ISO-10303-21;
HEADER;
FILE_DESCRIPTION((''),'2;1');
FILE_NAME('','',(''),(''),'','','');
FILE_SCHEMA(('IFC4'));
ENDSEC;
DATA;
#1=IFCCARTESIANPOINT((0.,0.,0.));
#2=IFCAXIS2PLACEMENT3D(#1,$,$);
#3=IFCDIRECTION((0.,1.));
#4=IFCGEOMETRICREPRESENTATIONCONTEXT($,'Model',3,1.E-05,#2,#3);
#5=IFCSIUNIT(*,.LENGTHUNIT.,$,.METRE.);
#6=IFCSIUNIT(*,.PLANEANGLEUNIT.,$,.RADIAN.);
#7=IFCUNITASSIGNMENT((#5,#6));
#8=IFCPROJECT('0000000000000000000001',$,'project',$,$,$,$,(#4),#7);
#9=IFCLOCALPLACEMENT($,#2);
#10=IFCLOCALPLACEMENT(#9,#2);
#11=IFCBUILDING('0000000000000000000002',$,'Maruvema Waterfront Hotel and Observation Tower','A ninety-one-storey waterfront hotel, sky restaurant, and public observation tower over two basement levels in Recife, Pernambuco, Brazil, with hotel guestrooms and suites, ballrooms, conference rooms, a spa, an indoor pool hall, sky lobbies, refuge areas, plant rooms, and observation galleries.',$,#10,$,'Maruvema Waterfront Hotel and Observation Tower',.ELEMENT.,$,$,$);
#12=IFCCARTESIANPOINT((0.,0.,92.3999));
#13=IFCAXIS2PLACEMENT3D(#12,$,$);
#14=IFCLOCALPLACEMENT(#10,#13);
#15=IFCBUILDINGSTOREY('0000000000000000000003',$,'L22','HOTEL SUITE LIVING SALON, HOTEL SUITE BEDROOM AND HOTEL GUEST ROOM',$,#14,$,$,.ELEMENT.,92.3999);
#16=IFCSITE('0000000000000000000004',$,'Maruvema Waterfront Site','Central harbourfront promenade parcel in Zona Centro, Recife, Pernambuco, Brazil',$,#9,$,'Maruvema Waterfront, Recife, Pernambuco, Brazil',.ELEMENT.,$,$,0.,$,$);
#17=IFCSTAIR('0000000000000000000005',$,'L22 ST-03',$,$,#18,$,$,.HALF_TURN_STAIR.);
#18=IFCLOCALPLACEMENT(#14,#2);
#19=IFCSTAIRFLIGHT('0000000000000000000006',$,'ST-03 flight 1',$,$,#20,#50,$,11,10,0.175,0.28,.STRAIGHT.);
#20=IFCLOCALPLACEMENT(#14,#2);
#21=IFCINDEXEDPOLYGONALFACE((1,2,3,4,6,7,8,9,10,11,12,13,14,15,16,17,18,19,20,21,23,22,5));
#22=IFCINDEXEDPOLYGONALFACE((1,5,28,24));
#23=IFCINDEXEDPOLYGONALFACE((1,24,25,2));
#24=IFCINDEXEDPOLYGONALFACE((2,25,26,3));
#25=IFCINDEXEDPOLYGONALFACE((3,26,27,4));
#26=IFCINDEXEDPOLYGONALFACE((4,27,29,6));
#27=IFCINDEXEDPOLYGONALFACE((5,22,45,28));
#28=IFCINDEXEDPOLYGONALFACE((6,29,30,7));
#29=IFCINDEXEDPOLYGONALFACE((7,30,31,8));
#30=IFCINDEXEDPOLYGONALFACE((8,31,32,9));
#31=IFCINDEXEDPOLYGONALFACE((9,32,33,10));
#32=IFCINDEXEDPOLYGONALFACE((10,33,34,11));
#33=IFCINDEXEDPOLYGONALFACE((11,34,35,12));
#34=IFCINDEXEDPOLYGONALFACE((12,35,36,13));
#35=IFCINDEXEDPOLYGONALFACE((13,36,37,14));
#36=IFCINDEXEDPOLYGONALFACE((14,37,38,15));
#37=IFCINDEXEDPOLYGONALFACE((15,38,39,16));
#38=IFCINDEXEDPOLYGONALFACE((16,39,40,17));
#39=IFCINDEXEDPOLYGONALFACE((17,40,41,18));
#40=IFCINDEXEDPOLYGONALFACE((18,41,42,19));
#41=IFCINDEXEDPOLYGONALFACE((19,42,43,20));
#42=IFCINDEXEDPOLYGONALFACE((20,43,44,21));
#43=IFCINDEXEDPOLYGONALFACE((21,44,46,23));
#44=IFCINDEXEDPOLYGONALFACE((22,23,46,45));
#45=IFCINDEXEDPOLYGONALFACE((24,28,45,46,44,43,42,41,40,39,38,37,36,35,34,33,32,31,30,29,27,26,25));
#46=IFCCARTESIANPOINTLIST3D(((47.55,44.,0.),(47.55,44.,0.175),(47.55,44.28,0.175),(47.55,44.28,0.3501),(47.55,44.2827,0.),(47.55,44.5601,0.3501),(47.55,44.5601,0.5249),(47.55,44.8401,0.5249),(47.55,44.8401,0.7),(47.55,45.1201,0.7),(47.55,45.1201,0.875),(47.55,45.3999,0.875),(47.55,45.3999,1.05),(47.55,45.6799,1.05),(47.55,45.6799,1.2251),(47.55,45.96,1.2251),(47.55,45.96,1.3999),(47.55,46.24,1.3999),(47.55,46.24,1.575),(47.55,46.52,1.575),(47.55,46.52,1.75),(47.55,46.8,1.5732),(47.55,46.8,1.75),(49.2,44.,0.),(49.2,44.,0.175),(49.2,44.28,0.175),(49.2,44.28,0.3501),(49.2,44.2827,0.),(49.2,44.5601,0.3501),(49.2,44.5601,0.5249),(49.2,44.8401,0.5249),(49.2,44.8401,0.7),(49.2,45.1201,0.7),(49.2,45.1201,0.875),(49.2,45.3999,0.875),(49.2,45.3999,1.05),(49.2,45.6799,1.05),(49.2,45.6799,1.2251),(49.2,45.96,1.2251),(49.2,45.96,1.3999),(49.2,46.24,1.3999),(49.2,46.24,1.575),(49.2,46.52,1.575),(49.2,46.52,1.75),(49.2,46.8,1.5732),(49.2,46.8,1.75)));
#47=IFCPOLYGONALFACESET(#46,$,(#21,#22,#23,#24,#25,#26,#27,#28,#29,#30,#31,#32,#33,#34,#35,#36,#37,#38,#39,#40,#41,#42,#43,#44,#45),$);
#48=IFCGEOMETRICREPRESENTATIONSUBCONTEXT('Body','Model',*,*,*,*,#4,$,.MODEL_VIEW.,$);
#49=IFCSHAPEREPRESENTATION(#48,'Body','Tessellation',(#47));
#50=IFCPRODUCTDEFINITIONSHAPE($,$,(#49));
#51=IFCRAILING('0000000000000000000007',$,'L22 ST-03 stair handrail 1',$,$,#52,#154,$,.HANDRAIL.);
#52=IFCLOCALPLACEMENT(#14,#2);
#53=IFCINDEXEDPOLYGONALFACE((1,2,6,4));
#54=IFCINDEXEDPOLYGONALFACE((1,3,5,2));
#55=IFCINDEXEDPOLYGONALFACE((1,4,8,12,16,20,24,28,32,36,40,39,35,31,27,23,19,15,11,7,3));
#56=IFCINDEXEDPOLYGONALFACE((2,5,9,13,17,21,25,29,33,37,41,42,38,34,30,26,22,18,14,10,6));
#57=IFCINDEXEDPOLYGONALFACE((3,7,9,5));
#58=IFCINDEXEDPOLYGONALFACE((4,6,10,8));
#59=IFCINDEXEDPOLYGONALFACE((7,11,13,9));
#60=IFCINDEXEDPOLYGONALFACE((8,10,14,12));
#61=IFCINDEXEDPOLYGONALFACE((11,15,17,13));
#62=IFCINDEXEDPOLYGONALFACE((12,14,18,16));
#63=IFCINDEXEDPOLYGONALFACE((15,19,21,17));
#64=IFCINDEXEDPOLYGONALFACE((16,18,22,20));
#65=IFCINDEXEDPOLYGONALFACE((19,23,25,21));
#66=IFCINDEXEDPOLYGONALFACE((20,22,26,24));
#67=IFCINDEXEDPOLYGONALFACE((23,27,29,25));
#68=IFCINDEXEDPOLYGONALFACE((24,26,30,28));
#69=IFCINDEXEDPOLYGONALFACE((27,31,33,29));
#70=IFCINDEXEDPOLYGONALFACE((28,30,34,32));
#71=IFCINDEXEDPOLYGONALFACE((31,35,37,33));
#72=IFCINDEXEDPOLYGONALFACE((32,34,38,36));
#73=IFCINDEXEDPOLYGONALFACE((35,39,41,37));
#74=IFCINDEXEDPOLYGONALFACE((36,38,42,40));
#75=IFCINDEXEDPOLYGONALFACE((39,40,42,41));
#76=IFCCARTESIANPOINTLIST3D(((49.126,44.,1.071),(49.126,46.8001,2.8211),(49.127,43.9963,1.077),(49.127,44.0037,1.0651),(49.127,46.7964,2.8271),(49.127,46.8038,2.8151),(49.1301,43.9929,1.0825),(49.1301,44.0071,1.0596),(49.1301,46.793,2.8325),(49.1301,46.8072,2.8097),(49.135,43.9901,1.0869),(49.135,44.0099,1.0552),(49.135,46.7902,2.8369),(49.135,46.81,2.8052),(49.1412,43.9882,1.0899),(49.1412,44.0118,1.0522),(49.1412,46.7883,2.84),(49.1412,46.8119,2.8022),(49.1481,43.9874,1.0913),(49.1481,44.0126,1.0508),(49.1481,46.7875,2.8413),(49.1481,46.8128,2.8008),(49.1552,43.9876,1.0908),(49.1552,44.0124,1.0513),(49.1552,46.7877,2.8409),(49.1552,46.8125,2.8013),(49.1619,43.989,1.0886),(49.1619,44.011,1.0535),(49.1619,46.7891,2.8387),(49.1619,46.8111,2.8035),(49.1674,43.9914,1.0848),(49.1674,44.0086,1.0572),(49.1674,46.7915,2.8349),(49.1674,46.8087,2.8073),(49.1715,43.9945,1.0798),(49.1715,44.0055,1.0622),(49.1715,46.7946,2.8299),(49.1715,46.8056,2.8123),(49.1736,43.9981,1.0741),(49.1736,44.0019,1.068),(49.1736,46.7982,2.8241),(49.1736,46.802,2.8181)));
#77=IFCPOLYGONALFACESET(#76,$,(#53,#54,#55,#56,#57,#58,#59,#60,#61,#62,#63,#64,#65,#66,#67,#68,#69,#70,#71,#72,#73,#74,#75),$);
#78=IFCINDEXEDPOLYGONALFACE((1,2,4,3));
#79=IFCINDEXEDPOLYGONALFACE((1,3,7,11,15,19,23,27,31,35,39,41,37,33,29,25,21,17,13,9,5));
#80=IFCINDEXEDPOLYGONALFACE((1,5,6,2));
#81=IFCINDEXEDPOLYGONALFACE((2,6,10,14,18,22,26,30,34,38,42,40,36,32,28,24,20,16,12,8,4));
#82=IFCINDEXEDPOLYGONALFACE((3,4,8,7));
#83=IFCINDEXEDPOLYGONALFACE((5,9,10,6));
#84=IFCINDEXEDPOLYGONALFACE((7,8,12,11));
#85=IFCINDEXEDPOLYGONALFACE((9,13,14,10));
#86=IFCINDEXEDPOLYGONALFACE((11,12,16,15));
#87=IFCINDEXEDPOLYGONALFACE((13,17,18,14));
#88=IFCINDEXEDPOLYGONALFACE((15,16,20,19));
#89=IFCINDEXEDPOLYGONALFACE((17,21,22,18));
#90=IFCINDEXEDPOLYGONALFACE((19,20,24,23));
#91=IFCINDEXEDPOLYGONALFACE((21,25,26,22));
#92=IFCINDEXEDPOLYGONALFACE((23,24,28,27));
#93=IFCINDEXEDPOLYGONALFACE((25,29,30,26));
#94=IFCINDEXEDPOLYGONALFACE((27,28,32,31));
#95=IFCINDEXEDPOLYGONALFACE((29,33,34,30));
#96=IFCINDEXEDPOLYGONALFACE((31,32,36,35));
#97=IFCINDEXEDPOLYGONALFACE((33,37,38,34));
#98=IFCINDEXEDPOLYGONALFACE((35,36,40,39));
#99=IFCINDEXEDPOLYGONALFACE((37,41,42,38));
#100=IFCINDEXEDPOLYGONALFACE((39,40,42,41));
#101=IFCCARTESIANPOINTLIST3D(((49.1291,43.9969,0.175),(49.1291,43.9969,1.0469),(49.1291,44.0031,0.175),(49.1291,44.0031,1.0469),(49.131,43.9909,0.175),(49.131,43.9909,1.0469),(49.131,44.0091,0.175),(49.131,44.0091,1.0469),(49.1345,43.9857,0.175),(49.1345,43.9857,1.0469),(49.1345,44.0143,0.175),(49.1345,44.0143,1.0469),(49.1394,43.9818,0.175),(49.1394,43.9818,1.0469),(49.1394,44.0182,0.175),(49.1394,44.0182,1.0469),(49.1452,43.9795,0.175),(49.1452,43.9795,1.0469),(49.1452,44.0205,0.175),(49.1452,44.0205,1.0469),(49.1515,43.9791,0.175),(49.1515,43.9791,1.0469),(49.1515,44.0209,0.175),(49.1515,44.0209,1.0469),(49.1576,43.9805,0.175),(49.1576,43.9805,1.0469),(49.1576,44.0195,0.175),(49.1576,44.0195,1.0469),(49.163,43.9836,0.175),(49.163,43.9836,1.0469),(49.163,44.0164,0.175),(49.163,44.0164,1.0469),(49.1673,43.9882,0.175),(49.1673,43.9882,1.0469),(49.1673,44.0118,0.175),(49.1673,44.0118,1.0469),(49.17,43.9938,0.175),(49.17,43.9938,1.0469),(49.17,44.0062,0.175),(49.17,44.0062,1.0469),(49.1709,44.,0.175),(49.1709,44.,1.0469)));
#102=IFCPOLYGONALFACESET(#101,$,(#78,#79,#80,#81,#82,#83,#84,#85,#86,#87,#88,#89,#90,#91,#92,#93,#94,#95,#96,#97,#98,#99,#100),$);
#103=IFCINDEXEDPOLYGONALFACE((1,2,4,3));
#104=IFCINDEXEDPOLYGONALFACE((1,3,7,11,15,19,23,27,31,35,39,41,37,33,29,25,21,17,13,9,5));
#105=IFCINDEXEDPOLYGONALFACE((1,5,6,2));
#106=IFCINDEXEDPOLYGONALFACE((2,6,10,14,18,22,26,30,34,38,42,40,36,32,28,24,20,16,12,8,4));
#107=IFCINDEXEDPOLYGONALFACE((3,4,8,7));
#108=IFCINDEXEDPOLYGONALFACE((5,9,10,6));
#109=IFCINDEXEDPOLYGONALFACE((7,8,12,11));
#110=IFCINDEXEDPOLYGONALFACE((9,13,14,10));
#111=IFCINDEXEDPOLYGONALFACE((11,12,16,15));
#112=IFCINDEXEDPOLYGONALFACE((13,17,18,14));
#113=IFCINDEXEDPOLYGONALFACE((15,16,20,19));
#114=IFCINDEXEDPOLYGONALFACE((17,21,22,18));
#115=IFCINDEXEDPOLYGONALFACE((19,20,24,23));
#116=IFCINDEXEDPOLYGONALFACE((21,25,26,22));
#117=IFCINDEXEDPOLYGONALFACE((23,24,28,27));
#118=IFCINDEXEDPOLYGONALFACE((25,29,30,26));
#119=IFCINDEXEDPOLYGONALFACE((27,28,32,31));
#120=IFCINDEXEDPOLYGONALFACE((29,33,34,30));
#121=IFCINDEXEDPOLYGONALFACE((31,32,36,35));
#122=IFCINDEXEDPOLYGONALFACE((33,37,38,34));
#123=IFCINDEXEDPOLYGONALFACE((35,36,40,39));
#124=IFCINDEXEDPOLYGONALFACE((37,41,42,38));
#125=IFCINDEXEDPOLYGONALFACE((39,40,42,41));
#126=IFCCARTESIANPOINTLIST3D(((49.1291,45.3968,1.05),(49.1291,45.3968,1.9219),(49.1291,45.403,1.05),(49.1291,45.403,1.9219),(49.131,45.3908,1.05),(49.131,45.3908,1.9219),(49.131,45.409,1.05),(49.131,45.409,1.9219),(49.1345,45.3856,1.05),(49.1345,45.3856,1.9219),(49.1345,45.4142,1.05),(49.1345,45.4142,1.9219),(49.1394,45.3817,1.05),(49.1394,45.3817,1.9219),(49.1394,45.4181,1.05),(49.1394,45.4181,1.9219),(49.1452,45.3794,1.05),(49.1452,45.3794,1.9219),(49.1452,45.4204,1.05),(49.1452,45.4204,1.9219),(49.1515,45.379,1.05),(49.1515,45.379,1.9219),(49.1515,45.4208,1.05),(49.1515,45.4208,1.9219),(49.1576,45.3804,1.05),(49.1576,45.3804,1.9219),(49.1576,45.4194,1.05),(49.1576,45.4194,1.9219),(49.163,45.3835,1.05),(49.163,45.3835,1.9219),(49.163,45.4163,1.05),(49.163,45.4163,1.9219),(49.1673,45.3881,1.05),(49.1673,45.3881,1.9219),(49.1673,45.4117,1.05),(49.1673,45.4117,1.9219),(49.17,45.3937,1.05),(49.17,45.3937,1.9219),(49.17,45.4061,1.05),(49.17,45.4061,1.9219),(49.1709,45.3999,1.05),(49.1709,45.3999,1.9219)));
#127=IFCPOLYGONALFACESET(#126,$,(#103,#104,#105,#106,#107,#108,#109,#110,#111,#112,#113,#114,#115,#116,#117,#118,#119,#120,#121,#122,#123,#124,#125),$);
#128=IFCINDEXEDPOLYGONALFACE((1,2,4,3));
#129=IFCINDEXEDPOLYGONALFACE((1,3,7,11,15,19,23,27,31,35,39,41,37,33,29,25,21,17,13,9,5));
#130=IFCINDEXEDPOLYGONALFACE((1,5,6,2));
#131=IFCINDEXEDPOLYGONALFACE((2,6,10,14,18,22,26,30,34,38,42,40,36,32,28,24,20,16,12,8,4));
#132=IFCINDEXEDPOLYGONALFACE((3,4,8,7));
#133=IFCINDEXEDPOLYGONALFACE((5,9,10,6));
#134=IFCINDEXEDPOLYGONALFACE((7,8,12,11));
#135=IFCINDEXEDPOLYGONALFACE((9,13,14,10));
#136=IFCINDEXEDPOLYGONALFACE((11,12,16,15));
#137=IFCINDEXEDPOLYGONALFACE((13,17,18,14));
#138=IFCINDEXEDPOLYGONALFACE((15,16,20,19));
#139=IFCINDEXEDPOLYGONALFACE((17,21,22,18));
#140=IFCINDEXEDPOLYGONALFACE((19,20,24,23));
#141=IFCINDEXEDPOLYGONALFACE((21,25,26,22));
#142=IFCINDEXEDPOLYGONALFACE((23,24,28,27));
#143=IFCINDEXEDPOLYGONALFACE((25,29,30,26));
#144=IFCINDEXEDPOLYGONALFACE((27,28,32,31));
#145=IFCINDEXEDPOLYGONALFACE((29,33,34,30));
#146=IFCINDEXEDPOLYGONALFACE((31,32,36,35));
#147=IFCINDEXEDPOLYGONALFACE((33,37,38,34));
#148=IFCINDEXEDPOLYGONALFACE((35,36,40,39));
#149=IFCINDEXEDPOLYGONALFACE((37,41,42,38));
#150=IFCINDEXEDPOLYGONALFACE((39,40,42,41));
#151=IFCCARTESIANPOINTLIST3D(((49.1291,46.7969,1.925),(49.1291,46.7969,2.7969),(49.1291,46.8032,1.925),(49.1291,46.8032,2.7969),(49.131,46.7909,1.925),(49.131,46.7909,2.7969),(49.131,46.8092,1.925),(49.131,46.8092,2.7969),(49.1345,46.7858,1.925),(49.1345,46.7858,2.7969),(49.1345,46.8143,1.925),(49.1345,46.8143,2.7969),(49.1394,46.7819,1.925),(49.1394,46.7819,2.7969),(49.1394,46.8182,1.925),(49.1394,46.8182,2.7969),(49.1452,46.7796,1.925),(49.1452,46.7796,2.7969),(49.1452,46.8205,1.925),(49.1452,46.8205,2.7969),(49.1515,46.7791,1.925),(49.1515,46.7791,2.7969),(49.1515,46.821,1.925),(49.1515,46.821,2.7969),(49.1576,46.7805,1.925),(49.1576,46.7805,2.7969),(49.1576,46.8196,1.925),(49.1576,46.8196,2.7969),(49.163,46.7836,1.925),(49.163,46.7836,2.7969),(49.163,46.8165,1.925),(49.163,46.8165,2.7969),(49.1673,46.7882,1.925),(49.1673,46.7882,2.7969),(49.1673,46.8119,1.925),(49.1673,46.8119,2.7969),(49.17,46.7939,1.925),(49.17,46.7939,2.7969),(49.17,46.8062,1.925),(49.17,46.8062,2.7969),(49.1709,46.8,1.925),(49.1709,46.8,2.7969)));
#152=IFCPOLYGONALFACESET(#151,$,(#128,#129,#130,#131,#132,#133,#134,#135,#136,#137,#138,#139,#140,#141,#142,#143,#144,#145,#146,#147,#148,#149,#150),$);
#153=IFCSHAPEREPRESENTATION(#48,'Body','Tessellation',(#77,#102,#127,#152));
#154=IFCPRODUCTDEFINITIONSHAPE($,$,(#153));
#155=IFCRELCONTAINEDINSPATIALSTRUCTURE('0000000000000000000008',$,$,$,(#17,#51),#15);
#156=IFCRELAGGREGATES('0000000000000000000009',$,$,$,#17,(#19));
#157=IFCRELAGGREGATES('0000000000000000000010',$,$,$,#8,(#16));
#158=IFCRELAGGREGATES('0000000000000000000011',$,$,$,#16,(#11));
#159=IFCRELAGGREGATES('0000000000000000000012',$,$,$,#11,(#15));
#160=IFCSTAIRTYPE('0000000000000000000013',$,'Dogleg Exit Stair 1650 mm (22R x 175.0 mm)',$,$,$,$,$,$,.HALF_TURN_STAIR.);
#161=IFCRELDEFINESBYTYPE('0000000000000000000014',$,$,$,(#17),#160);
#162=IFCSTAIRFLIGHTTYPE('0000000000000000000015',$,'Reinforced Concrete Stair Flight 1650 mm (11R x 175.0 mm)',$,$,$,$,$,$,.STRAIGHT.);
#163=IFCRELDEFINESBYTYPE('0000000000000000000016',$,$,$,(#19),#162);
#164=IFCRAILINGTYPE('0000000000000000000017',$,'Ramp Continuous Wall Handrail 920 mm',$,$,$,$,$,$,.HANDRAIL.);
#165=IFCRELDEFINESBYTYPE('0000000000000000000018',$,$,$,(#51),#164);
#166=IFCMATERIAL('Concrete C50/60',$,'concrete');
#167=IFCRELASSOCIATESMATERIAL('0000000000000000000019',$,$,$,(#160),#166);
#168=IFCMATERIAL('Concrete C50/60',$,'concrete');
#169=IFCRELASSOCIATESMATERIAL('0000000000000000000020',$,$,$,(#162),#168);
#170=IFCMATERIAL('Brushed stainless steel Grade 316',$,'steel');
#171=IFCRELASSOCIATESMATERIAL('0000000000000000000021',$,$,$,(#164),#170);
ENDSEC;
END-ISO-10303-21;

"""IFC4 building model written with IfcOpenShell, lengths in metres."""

from ifc_helpers import new_model, si_unit, direction, frame, origin, origin_2d, place, context, subcontext, project, spatial, polyline, circle, outline, extrude, material, type_object, element, aggregate, save


model = new_model("IFC4")

# Units and contexts
model_context = context("Model", 3, precision=1e-05, world=origin(), true_north=direction((0.0, 1.0)))
body_context = subcontext(model_context, "Body", "Model", "MODEL_VIEW")
ifc_project = project(units=[si_unit("LENGTHUNIT", "METRE"), si_unit("PLANEANGLEUNIT", "RADIAN")], contexts=[model_context])

# Site, building, storey
site_placement = place(None, origin())
site = spatial("IfcSite", under=ifc_project, at=site_placement, Name="Maruvema Waterfront Site", Description="Central harbourfront promenade parcel in Zona Centro, Recife, Pernambuco, Brazil", LongName="Maruvema Waterfront, Recife, Pernambuco, Brazil", CompositionType="ELEMENT", RefElevation=0.0)
building_placement = place(site_placement, origin())
building = spatial("IfcBuilding", under=site, at=building_placement, Name="Maruvema Waterfront Hotel and Observation Tower", Description="A ninety-one-storey waterfront hotel, sky restaurant, and public observation tower over two basement levels in Recife, Pernambuco, Brazil, with hotel guestrooms and suites, ballrooms, conference rooms, a spa, an indoor pool hall, sky lobbies, refuge areas, plant rooms, and observation galleries.", LongName="Maruvema Waterfront Hotel and Observation Tower", CompositionType="ELEMENT")
storey_placement = place(building_placement, frame((0.0, 0.0, 92.3999)))
storey = spatial("IfcBuildingStorey", under=building, at=storey_placement, Name="L22", Description="HOTEL SUITE LIVING SALON, HOTEL SUITE BEDROOM AND HOTEL GUEST ROOM", CompositionType="ELEMENT", Elevation=92.3999)

# Stair, stair flight
ifc_material_1 = material(Name="Concrete C50/60", Category="concrete")
stair_type = type_object("IfcStairType", Name="Dogleg Exit Stair 1650 mm (22R x 175.0 mm)", PredefinedType="HALF_TURN_STAIR", material=ifc_material_1)
stair_placement = place(storey_placement, origin())
stair = element("IfcStair", 1, at=stair_placement, inside=storey, type_object=stair_type, Name="L22 ST-03", PredefinedType="HALF_TURN_STAIR")
ifc_material_2 = material(Name="Concrete C50/60", Category="concrete")
stair_flight_type = type_object("IfcStairFlightType", Name="Reinforced Concrete Stair Flight 1650 mm (11R x 175.0 mm)", PredefinedType="STRAIGHT", material=ifc_material_2)
stair_flight_placement = place(storey_placement, frame((48.375, 44.0, 0.0), z_axis=(0.0, 0.0, 1.0), x_axis=(0.0, 1.0, 0.0)))
stair_flight = element("IfcStairFlight", 2, at=stair_flight_placement, type_object=stair_flight_type, Name="ST-03 flight 1", NumberOfRisers=11, NumberOfTreads=10, PredefinedType="STRAIGHT", RiserHeight=0.175, TreadLength=0.28, context=body_context, shape_type="SweptSolid", body=[
    extrude(outline(polyline([(0.0, 0.0), (0.0, 0.175), (0.28, 0.175), (0.28, 0.3501), (0.5601, 0.3501), (0.5601, 0.5249), (0.8401, 0.5249), (0.8401, 0.7), (1.1201, 0.7), (1.1201, 0.875), (1.3999, 0.875), (1.3999, 1.05), (1.6799, 1.05), (1.6799, 1.2251), (1.96, 1.2251), (1.96, 1.3999), (2.24, 1.3999), (2.24, 1.575), (2.52, 1.575), (2.52, 1.75), (2.8, 1.75), (2.8, 1.925), (2.8, 1.5732), (0.2827, 0.0), (0.0, 0.0)])), frame((0.0, 0.825, 0.0), z_axis=(0.0, -1.0, 0.0), x_axis=(1.0, 0.0, 0.0)), (0.0, 0.0, 1.0), 1.6499),
])
aggregate(stair, [stair_flight])

# Railing
ifc_material_3 = material(Name="Brushed stainless steel Grade 316", Category="steel")
railing_type_1 = type_object("IfcRailingType", Name="Ramp Continuous Wall Handrail 920 mm", PredefinedType="HANDRAIL", material=ifc_material_3)
railing_1_placement = place(storey_placement, frame((49.1499, 44.0, 0.175)))
element("IfcRailing", 3, at=railing_1_placement, inside=storey, type_object=railing_type_1, Name="L22 ST-03 stair handrail 1", PredefinedType="HANDRAIL", context=body_context, shape_type="SweptSolid", body=[
    extrude(circle(Radius=0.0239, at=origin_2d()), frame((0.0, 0.0, 0.896), z_axis=(0.0, 0.848002, 0.529992), x_axis=(-1.0, 0.0, 0.0)), (0.0, 0.0, 1.0), 3.302),
    extrude(circle(Radius=0.021, at=origin_2d()), origin(), (0.0, 0.0, 1.0), 0.8718),
    extrude(circle(Radius=0.021, at=origin_2d()), frame((0.0, 1.3999, 0.875)), (0.0, 0.0, 1.0), 0.8718),
    extrude(circle(Radius=0.021, at=origin_2d()), frame((0.0, 2.8, 1.75)), (0.0, 0.0, 1.0), 0.8718),
])

save(model, "model.ifc")
